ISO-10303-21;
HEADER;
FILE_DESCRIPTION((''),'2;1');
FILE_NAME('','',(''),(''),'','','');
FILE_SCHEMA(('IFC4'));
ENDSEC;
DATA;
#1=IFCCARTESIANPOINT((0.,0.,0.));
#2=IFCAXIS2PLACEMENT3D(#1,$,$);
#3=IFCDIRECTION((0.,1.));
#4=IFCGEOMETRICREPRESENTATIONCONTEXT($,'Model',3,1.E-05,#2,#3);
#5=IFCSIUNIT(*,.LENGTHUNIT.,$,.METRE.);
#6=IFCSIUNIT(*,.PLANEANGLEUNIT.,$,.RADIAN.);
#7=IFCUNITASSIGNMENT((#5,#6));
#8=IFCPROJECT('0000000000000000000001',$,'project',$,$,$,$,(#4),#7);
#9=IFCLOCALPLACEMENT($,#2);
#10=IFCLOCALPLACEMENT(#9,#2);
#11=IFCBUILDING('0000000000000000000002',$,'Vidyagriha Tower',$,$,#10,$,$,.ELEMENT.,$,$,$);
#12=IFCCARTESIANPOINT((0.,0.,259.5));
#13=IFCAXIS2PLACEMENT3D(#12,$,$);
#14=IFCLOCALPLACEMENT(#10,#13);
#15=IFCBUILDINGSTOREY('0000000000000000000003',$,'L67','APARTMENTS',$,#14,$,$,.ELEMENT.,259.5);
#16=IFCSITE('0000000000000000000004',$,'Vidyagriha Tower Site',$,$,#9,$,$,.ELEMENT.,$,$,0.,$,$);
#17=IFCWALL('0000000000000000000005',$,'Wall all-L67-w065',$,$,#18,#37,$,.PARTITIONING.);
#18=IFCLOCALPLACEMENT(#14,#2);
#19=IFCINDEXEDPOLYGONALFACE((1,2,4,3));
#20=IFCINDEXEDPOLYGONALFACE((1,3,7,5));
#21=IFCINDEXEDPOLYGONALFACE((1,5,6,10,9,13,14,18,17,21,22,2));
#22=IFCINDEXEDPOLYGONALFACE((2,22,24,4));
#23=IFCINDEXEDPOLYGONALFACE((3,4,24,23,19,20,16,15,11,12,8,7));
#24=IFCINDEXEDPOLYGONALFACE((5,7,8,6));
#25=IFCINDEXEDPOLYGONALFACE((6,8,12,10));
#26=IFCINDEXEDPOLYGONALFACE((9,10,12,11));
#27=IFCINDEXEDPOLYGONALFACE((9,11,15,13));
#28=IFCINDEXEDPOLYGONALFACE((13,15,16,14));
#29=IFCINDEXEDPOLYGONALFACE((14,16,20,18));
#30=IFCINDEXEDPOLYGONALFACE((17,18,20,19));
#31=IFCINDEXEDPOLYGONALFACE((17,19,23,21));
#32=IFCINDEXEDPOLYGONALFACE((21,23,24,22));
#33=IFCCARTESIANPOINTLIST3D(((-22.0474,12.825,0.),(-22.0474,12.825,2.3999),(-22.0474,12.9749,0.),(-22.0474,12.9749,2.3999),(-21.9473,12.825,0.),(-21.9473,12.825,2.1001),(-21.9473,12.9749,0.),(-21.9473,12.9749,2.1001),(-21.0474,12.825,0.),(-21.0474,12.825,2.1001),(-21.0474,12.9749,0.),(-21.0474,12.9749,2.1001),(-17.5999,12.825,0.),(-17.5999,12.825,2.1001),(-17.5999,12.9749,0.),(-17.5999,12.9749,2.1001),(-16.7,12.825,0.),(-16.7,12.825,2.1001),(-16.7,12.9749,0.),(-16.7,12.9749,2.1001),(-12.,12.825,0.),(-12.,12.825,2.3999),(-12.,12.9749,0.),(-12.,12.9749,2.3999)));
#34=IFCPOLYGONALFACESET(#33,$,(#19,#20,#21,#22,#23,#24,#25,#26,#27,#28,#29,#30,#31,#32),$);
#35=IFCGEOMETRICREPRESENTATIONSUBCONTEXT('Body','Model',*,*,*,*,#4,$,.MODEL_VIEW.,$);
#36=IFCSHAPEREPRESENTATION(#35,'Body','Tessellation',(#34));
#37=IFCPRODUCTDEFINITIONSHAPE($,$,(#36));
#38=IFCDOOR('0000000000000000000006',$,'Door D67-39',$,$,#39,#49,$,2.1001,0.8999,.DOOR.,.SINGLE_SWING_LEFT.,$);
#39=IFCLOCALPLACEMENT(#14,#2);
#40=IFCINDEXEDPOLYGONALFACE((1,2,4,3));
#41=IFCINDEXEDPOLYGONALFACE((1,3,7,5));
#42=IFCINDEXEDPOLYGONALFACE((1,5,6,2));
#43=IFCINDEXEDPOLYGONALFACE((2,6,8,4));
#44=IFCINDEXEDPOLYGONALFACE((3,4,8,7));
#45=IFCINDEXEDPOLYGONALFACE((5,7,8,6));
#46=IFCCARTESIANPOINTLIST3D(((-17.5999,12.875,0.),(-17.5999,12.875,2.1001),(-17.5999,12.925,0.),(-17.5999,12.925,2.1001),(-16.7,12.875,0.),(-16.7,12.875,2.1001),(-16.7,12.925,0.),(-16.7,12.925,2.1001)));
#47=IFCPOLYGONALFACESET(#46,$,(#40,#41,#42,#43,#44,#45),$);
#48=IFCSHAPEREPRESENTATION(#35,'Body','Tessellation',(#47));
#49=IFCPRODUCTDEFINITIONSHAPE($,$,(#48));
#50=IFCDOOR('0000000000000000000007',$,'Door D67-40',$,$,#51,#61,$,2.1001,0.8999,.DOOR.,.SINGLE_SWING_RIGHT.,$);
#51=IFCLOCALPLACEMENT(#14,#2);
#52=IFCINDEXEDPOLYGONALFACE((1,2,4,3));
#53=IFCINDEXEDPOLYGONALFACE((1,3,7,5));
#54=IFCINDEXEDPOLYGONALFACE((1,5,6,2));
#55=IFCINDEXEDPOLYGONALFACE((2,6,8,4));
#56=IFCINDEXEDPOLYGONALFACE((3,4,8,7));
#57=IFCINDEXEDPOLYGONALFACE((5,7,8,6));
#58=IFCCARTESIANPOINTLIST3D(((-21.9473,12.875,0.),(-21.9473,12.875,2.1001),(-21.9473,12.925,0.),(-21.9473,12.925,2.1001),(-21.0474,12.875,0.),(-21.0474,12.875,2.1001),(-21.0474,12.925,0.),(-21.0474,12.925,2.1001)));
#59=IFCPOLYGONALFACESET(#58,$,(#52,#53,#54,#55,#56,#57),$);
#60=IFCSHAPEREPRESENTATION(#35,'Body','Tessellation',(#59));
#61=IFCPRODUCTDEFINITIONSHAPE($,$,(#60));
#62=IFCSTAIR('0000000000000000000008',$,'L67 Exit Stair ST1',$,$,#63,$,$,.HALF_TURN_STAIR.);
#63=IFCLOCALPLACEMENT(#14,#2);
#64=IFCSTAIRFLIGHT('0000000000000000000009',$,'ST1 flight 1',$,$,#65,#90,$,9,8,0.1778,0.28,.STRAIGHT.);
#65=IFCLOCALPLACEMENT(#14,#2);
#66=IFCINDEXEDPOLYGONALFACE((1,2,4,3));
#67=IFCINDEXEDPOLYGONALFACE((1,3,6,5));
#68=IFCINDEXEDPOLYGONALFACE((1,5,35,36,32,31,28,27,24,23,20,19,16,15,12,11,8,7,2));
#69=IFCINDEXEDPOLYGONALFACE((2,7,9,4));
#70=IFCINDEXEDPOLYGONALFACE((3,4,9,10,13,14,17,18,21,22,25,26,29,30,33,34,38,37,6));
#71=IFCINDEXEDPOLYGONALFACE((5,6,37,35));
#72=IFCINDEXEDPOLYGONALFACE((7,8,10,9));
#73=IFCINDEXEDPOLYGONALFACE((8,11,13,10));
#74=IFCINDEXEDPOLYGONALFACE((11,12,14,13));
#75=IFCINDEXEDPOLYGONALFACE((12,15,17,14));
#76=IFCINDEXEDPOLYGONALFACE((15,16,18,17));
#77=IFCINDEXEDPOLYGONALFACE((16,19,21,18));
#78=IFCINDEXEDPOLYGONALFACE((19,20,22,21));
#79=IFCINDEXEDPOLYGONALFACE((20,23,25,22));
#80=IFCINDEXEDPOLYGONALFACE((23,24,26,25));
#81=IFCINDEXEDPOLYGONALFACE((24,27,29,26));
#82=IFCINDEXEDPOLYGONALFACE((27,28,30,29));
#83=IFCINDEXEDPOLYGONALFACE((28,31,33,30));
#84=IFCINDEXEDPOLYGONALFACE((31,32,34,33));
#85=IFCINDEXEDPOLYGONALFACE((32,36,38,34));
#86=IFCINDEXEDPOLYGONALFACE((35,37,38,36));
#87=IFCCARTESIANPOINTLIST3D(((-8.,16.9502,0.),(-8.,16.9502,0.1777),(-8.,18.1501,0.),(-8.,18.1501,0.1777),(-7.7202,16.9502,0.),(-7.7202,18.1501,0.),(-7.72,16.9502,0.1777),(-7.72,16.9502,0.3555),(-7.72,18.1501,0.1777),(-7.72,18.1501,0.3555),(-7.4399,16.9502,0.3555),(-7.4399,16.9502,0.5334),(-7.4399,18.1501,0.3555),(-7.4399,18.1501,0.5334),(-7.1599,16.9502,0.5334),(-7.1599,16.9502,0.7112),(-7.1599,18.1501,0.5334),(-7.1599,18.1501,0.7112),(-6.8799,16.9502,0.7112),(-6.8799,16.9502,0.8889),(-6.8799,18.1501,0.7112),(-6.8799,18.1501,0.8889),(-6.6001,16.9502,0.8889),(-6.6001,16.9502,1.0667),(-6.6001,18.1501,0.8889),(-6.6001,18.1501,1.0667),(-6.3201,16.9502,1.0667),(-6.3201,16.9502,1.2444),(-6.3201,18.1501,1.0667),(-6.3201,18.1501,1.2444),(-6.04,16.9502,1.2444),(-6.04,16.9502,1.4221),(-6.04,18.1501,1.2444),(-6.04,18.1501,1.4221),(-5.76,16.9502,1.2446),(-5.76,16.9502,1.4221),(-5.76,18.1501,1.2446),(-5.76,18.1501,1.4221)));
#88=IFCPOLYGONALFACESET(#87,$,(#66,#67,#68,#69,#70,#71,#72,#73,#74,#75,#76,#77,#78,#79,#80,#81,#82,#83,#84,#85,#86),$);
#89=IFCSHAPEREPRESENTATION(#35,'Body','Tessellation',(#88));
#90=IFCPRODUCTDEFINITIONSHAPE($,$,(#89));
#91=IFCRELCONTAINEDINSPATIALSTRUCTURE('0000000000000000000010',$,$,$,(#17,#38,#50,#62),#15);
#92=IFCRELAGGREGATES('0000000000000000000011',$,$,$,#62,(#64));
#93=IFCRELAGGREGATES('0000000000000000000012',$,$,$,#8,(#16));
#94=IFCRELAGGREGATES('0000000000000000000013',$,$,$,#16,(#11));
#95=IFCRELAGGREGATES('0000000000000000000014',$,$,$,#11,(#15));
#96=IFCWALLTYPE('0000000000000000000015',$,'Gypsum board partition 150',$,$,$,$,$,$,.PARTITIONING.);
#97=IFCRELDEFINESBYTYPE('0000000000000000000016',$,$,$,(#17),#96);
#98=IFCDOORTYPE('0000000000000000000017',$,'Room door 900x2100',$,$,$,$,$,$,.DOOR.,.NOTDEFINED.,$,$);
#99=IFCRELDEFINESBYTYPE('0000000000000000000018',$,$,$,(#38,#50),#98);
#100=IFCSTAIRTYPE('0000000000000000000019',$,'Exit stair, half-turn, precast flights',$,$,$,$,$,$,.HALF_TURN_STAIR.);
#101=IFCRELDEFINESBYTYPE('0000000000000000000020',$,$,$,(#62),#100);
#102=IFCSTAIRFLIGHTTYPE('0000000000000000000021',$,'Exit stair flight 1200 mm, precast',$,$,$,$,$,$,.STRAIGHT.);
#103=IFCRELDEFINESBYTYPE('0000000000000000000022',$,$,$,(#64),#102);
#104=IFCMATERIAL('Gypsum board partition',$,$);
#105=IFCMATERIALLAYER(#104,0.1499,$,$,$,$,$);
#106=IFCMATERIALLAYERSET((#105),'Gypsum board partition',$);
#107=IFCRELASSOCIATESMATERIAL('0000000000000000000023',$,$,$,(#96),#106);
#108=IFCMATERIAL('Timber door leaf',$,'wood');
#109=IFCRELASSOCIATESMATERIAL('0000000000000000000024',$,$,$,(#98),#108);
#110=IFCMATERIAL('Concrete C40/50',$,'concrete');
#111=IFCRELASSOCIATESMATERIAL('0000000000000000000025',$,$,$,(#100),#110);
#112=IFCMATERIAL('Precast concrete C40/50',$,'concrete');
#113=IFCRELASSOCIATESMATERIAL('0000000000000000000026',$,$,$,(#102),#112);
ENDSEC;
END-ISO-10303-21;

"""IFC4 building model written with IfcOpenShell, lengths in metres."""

from ifc_helpers import new_model, si_unit, direction, frame, frame_2d, origin, place, context, subcontext, project, spatial, polyline, rectangle, outline, extrude, material, layer, layer_set, type_object, element, fill, aggregate, save


model = new_model("IFC4")

# Units and contexts
model_context = context("Model", 3, precision=1e-05, world=origin(), true_north=direction((0.0, 1.0)))
body_context = subcontext(model_context, "Body", "Model", "MODEL_VIEW")
ifc_project = project(units=[si_unit("LENGTHUNIT", "METRE"), si_unit("PLANEANGLEUNIT", "RADIAN")], contexts=[model_context])

# Site, building, storey
site_placement = place(None, origin())
site = spatial("IfcSite", under=ifc_project, at=site_placement, Name="Vidyagriha Tower Site", CompositionType="ELEMENT", RefElevation=0.0)
building_placement = place(site_placement, origin())
building = spatial("IfcBuilding", under=site, at=building_placement, Name="Vidyagriha Tower", CompositionType="ELEMENT")
storey_placement = place(building_placement, frame((0.0, 0.0, 259.5)))
storey = spatial("IfcBuildingStorey", under=building, at=storey_placement, Name="L67", Description="APARTMENTS", CompositionType="ELEMENT", Elevation=259.5)

# Wall, openings, doors
ifc_material_1 = material(Name="Gypsum board partition")
ifc_layer_1 = layer(ifc_material_1, 0.1499)
ifc_layer_set_1 = layer_set([ifc_layer_1], Name="Gypsum board partition")
wall_type_1 = type_object("IfcWallType", Name="Gypsum board partition 150", PredefinedType="PARTITIONING", material=ifc_layer_set_1)
wall_1_placement = place(storey_placement, frame((-12.0, 12.8999, 0.0), z_axis=(0.0, 0.0, 1.0), x_axis=(-1.0, 0.0, 0.0)))
wall_1 = element("IfcWall", 1, at=wall_1_placement, inside=storey, type_object=wall_type_1, Name="Wall all-L67-w065", PredefinedType="PARTITIONING", context=body_context, shape_type="SweptSolid", body=[
    extrude(rectangle(XDim=10.0474, YDim=0.1499, at=frame_2d((5.0237, 0.0))), origin(), (0.0, 0.0, 1.0), 2.3999),
])
opening_1_placement = place(wall_1_placement, frame((4.7, 0.0, 0.0)))
opening_1 = element("IfcOpeningElement", 2, at=opening_1_placement, cuts=wall_1, PredefinedType="OPENING", context=body_context, shape_type="SweptSolid", body=[
    extrude(rectangle(XDim=0.8999, YDim=2.1001, at=frame_2d((0.45, 1.05))), frame((0.0, 0.085, 0.0), z_axis=(0.0, -1.0, 0.0), x_axis=(1.0, 0.0, 0.0)), (0.0, 0.0, 1.0), 0.1699),
])
opening_2_placement = place(wall_1_placement, frame((9.0474, 0.0, 0.0)))
opening_2 = element("IfcOpeningElement", 3, at=opening_2_placement, cuts=wall_1, PredefinedType="OPENING", context=body_context, shape_type="SweptSolid", body=[
    extrude(rectangle(XDim=0.8999, YDim=2.1001, at=frame_2d((0.45, 1.05))), frame((0.0, 0.085, 0.0), z_axis=(0.0, -1.0, 0.0), x_axis=(1.0, 0.0, 0.0)), (0.0, 0.0, 1.0), 0.1699),
])
ifc_material_2 = material(Name="Timber door leaf", Category="wood")
door_type_1 = type_object("IfcDoorType", Name="Room door 900x2100", OperationType="NOTDEFINED", PredefinedType="DOOR", material=ifc_material_2)
door_1_placement = place(opening_1_placement, origin())
door_1 = element("IfcDoor", 4, at=door_1_placement, inside=storey, type_object=door_type_1, Name="Door D67-39", OperationType="SINGLE_SWING_LEFT", OverallHeight=2.1001, OverallWidth=0.8999, PredefinedType="DOOR", context=body_context, shape_type="SweptSolid", body=[
    extrude(rectangle(XDim=0.8999, YDim=2.1001, at=frame_2d((0.45, 1.05))), frame((0.0, 0.0249, 0.0), z_axis=(0.0, -1.0, 0.0), x_axis=(1.0, 0.0, 0.0)), (0.0, 0.0, 1.0), 0.05),
])
fill(opening_1, door_1)
door_2_placement = place(opening_2_placement, origin())
door_2 = element("IfcDoor", 5, at=door_2_placement, inside=storey, type_object=door_type_1, Name="Door D67-40", OperationType="SINGLE_SWING_RIGHT", OverallHeight=2.1001, OverallWidth=0.8999, PredefinedType="DOOR", context=body_context, shape_type="SweptSolid", body=[
    extrude(rectangle(XDim=0.8999, YDim=2.1001, at=frame_2d((0.45, 1.05))), frame((0.0, 0.0249, 0.0), z_axis=(0.0, -1.0, 0.0), x_axis=(1.0, 0.0, 0.0)), (0.0, 0.0, 1.0), 0.05),
])
fill(opening_2, door_2)

# Stair, stair flight
ifc_material_3 = material(Name="Concrete C40/50", Category="concrete")
stair_type = type_object("IfcStairType", Name="Exit stair, half-turn, precast flights", PredefinedType="HALF_TURN_STAIR", material=ifc_material_3)
stair_placement = place(storey_placement, origin())
stair = element("IfcStair", 6, at=stair_placement, inside=storey, type_object=stair_type, Name="L67 Exit Stair ST1", PredefinedType="HALF_TURN_STAIR")
ifc_material_4 = material(Name="Precast concrete C40/50", Category="concrete")
stair_flight_type = type_object("IfcStairFlightType", Name="Exit stair flight 1200 mm, precast", PredefinedType="STRAIGHT", material=ifc_material_4)
stair_flight_placement = place(storey_placement, frame((-8.0, 17.55, 0.0)))
stair_flight = element("IfcStairFlight", 7, at=stair_flight_placement, type_object=stair_flight_type, Name="ST1 flight 1", NumberOfRisers=9, NumberOfTreads=8, PredefinedType="STRAIGHT", RiserHeight=0.1778, TreadLength=0.28, context=body_context, shape_type="SweptSolid", body=[
    extrude(outline(polyline([(0.0, 0.0), (0.0, 0.1777), (0.28, 0.1777), (0.28, 0.3555), (0.5601, 0.3555), (0.5601, 0.5334), (0.8401, 0.5334), (0.8401, 0.7112), (1.1201, 0.7112), (1.1201, 0.8889), (1.3999, 0.8889), (1.3999, 1.0667), (1.6799, 1.0667), (1.6799, 1.2444), (1.96, 1.2444), (1.96, 1.4221), (2.24, 1.4221), (2.24, 1.6001), (2.24, 1.2446), (0.2798, 0.0), (0.0, 0.0)])), frame((0.0, 0.6001, 0.0), z_axis=(0.0, -1.0, 0.0), x_axis=(1.0, 0.0, 0.0)), (0.0, 0.0, 1.0), 1.2),
])
aggregate(stair, [stair_flight])

save(model, "model.ifc")
